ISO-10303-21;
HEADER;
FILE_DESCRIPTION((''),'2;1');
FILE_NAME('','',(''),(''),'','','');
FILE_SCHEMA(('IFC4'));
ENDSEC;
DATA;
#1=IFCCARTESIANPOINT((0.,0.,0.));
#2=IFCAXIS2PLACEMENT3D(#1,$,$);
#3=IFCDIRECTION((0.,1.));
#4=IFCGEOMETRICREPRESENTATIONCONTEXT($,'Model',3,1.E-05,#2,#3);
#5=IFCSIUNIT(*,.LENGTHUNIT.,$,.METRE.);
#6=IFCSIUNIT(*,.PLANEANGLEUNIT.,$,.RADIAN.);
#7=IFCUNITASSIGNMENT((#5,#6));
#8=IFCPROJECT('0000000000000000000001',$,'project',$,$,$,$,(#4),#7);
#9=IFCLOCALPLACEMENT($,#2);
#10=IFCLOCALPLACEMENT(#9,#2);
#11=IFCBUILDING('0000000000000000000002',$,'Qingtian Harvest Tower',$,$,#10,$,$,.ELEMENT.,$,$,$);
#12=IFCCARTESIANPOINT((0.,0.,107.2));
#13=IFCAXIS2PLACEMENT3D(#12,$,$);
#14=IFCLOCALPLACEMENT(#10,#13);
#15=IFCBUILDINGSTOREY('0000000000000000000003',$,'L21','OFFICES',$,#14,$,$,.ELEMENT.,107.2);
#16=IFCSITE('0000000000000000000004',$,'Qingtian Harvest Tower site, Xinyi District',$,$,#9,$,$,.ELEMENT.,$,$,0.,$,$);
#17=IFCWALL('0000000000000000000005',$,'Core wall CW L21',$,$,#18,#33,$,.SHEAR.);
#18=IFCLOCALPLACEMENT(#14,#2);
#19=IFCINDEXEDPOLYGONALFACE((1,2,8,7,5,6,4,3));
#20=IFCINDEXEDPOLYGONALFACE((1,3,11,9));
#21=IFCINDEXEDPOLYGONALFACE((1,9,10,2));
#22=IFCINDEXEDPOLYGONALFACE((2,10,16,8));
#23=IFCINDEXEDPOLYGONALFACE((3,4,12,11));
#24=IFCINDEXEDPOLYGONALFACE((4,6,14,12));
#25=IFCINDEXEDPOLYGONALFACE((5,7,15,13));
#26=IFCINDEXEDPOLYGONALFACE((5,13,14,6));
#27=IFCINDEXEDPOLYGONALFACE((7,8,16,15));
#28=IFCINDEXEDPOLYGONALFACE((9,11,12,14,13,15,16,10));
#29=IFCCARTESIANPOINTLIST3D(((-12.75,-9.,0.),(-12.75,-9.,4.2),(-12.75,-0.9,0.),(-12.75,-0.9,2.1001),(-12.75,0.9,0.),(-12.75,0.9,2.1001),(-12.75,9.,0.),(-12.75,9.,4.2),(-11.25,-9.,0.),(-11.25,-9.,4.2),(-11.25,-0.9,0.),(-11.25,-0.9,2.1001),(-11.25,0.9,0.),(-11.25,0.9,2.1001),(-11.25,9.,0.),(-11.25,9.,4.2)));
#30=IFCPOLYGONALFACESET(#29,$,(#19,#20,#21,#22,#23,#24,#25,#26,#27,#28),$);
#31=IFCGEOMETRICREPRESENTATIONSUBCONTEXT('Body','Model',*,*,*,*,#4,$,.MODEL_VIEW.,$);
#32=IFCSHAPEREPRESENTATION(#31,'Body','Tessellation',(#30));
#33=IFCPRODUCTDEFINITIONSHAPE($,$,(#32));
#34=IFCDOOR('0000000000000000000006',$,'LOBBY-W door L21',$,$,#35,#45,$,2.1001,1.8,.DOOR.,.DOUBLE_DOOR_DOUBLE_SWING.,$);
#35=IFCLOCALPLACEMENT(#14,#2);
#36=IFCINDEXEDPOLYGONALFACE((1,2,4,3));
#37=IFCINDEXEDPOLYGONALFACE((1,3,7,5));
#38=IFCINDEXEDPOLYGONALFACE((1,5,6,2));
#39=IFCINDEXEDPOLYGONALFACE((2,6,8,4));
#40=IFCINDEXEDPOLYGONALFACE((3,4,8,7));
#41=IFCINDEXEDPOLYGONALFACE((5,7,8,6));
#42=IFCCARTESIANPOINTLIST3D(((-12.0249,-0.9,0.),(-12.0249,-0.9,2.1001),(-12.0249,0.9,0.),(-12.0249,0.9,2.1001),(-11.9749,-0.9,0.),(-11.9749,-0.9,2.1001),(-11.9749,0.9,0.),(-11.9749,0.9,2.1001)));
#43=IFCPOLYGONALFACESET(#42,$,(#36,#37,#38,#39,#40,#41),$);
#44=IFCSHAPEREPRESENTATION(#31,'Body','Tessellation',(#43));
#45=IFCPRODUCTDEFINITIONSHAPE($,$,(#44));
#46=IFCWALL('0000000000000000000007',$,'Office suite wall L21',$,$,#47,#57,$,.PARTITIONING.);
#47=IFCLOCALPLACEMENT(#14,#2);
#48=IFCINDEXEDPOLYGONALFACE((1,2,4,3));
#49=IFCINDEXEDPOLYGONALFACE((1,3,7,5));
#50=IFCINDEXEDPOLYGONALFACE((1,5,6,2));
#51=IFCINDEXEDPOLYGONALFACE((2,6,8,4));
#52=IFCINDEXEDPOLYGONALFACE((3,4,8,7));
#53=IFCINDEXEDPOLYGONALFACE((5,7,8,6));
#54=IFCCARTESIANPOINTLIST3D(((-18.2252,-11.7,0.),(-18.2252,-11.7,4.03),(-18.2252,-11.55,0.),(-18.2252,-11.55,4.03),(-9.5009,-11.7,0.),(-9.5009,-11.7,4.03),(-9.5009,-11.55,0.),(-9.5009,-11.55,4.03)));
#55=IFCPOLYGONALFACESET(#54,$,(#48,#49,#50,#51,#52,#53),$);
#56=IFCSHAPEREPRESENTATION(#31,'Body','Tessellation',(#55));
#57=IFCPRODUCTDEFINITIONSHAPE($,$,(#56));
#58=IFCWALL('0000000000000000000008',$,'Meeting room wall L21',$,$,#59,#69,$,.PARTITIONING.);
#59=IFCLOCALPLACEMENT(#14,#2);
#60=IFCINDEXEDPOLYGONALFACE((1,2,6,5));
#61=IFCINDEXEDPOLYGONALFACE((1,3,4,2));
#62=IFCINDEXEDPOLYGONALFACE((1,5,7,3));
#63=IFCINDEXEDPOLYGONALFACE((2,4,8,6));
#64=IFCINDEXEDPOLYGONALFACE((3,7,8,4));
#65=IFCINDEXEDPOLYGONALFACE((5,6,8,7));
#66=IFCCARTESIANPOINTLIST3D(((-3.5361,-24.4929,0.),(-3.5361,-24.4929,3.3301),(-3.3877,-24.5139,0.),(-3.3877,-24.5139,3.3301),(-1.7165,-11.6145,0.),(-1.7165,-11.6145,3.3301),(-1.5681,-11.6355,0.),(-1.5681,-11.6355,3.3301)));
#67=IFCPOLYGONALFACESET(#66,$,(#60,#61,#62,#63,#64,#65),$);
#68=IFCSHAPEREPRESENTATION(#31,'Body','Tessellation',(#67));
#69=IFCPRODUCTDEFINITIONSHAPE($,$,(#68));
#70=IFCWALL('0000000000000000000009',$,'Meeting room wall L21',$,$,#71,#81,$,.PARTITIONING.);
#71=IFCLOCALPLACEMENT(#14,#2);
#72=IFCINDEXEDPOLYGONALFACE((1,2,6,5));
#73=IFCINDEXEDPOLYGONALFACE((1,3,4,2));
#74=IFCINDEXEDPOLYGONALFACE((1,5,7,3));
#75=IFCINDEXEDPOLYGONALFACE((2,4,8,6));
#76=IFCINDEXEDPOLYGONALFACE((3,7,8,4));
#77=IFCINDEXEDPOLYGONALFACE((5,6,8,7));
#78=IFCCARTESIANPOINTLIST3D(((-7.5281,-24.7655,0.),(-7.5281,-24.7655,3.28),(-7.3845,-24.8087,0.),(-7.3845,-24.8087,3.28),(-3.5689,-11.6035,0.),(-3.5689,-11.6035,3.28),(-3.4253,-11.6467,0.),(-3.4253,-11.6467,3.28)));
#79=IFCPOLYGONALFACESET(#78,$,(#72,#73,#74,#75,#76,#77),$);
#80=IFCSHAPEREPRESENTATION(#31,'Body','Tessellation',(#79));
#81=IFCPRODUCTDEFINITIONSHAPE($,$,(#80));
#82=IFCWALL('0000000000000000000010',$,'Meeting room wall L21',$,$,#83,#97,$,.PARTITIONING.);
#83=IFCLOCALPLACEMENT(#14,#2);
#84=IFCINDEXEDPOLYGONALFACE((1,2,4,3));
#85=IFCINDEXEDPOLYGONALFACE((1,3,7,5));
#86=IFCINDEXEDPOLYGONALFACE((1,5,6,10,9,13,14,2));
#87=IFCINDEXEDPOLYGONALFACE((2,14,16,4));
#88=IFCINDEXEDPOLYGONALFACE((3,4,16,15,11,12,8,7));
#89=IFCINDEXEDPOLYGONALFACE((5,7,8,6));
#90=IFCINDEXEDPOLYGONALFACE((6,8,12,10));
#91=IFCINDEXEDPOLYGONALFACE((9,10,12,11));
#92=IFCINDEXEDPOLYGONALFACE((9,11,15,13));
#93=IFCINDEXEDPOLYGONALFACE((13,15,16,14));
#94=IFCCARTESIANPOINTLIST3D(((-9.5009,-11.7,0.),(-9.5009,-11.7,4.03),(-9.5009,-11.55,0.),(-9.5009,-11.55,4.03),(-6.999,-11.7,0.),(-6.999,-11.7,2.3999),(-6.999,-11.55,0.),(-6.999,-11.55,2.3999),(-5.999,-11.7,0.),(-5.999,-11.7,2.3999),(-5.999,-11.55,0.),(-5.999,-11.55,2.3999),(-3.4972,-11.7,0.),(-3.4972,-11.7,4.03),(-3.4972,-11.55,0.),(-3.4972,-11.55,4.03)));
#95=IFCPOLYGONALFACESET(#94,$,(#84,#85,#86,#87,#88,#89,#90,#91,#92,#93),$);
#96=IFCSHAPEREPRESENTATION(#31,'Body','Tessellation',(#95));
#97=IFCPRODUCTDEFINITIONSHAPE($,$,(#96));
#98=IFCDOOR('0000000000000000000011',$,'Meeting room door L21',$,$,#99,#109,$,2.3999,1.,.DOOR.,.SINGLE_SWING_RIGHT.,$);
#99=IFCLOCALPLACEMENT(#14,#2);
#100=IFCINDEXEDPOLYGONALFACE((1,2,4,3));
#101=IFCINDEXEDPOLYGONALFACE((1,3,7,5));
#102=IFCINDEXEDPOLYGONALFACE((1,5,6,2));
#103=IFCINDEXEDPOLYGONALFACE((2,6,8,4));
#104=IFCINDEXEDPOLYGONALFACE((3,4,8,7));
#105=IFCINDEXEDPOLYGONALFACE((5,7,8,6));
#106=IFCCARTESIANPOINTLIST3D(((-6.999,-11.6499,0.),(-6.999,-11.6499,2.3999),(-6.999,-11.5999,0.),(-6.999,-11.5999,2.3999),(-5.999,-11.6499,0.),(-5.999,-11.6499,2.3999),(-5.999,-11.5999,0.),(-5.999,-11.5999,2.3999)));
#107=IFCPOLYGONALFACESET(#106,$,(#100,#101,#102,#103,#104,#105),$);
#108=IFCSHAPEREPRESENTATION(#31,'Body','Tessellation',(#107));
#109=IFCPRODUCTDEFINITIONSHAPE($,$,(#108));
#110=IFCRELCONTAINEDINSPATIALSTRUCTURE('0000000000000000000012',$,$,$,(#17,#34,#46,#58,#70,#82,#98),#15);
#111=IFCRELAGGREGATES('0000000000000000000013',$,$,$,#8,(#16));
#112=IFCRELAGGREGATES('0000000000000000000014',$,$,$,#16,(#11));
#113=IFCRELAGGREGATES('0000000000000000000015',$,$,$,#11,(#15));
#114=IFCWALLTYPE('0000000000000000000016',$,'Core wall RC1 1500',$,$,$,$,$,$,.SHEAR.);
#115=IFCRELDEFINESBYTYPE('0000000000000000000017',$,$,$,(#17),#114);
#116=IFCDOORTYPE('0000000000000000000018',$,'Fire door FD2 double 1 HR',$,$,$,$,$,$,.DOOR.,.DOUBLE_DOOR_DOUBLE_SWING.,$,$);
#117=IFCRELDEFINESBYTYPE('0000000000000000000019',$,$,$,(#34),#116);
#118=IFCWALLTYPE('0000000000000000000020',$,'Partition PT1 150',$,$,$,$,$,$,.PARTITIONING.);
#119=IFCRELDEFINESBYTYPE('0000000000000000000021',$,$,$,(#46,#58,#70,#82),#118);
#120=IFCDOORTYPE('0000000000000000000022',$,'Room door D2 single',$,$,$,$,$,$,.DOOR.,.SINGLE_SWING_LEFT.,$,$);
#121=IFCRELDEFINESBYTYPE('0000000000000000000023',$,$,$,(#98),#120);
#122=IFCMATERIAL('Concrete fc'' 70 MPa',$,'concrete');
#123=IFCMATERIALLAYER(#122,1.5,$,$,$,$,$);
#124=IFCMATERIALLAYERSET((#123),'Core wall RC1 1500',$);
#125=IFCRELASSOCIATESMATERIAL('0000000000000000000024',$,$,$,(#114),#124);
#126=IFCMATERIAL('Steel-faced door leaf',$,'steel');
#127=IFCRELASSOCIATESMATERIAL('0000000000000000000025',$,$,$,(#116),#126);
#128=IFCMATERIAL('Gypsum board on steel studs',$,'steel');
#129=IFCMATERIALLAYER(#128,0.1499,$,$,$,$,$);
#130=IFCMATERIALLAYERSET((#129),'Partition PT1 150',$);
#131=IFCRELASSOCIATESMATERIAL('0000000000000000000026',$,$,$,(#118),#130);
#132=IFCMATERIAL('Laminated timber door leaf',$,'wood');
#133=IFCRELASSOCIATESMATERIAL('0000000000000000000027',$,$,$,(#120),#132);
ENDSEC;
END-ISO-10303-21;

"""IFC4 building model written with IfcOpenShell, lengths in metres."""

from ifc_helpers import new_model, si_unit, direction, frame, frame_2d, origin, place, context, subcontext, project, spatial, rectangle, extrude, material, layer, layer_set, type_object, element, fill, save


model = new_model("IFC4")

# Units and contexts
model_context = context("Model", 3, precision=1e-05, world=origin(), true_north=direction((0.0, 1.0)))
body_context = subcontext(model_context, "Body", "Model", "MODEL_VIEW")
ifc_project = project(units=[si_unit("LENGTHUNIT", "METRE"), si_unit("PLANEANGLEUNIT", "RADIAN")], contexts=[model_context])

# Site, building, storey
site_placement = place(None, origin())
site = spatial("IfcSite", under=ifc_project, at=site_placement, Name="Qingtian Harvest Tower site, Xinyi District", CompositionType="ELEMENT", RefElevation=0.0)
building_placement = place(site_placement, origin())
building = spatial("IfcBuilding", under=site, at=building_placement, Name="Qingtian Harvest Tower", CompositionType="ELEMENT")
storey_placement = place(building_placement, frame((0.0, 0.0, 107.2)))
storey = spatial("IfcBuildingStorey", under=building, at=storey_placement, Name="L21", Description="OFFICES", CompositionType="ELEMENT", Elevation=107.2)

# Shared definitions
ifc_material_1 = material(Name="Concrete fc' 70 MPa", Category="concrete")
ifc_layer_1 = layer(ifc_material_1, 1.5)
ifc_layer_set_1 = layer_set([ifc_layer_1], Name="Core wall RC1 1500")
wall_type_1 = type_object("IfcWallType", Name="Core wall RC1 1500", PredefinedType="SHEAR", material=ifc_layer_set_1)

# Wall, opening, door
wall_1_placement = place(storey_placement, frame((-12.0, -9.0, 0.0), z_axis=(0.0, 0.0, 1.0), x_axis=(0.0, 1.0, 0.0)))
wall_1 = element("IfcWall", 1, at=wall_1_placement, inside=storey, type_object=wall_type_1, Name="Core wall CW L21", PredefinedType="SHEAR", context=body_context, shape_type="SweptSolid", body=[
    extrude(rectangle(XDim=18.0, YDim=1.5, at=frame_2d((9.0, 0.0))), origin(), (0.0, 0.0, 1.0), 4.2),
])
opening_1_placement = place(wall_1_placement, frame((8.1001, 0.0, 0.0)))
opening_1 = element("IfcOpeningElement", 2, at=opening_1_placement, cuts=wall_1, PredefinedType="OPENING", context=body_context, shape_type="SweptSolid", body=[
    extrude(rectangle(XDim=1.8, YDim=2.1001, at=frame_2d((0.8999, 1.05))), frame((0.0, 0.76, 0.0), z_axis=(0.0, -1.0, 0.0), x_axis=(1.0, 0.0, 0.0)), (0.0, 0.0, 1.0), 1.52),
])
ifc_material_2 = material(Name="Steel-faced door leaf", Category="steel")
door_type_1 = type_object("IfcDoorType", Name="Fire door FD2 double 1 HR", OperationType="DOUBLE_DOOR_DOUBLE_SWING", PredefinedType="DOOR", material=ifc_material_2)
door_1_placement = place(opening_1_placement, origin())
door_1 = element("IfcDoor", 3, at=door_1_placement, inside=storey, type_object=door_type_1, Name="LOBBY-W door L21", OperationType="DOUBLE_DOOR_DOUBLE_SWING", OverallHeight=2.1001, OverallWidth=1.8, PredefinedType="DOOR", context=body_context, shape_type="SweptSolid", body=[
    extrude(rectangle(XDim=1.8, YDim=2.1001, at=frame_2d((0.8999, 1.05))), frame((0.0, 0.0249, 0.0), z_axis=(0.0, -1.0, 0.0), x_axis=(1.0, 0.0, 0.0)), (0.0, 0.0, 1.0), 0.05),
])
fill(opening_1, door_1)

# Walls
ifc_material_3 = material(Name="Gypsum board on steel studs", Category="steel")
ifc_layer_2 = layer(ifc_material_3, 0.1499)
ifc_layer_set_2 = layer_set([ifc_layer_2], Name="Partition PT1 150")
wall_type_2 = type_object("IfcWallType", Name="Partition PT1 150", PredefinedType="PARTITIONING", material=ifc_layer_set_2)
wall_2_placement = place(storey_placement, frame((-9.5007, -11.625, 0.0), z_axis=(0.0, 0.0, 1.0), x_axis=(-1.0, 0.0, 0.0)))
element("IfcWall", 4, at=wall_2_placement, inside=storey, type_object=wall_type_2, Name="Office suite wall L21", PredefinedType="PARTITIONING", context=body_context, shape_type="SweptSolid", body=[
    extrude(rectangle(XDim=8.7244, YDim=0.1499, at=frame_2d((4.3623, 0.0))), origin(), (0.0, 0.0, 1.0), 4.03),
])
wall_3_placement = place(storey_placement, frame((-3.4619, -24.5034, 0.0), z_axis=(0.0, 0.0, 1.0), x_axis=(0.1399, 0.990166, 0.0)))
element("IfcWall", 5, at=wall_3_placement, inside=storey, type_object=wall_type_2, Name="Meeting room wall L21", PredefinedType="PARTITIONING", context=body_context, shape_type="SweptSolid", body=[
    extrude(rectangle(XDim=13.0063, YDim=0.1499, at=frame_2d((6.5032, 0.0))), origin(), (0.0, 0.0, 1.0), 3.3301),
])

# Shared definitions
ifc_material_4 = material(Name="Laminated timber door leaf", Category="wood")
door_type_2 = type_object("IfcDoorType", Name="Room door D2 single", OperationType="SINGLE_SWING_LEFT", PredefinedType="DOOR", material=ifc_material_4)

# Wall
wall_4_placement = place(storey_placement, frame((-7.4563, -24.7871, 0.0), z_axis=(0.0, 0.0, 1.0), x_axis=(0.288055, 0.957614, 0.0)))
element("IfcWall", 6, at=wall_4_placement, inside=storey, type_object=wall_type_2, Name="Meeting room wall L21", PredefinedType="PARTITIONING", context=body_context, shape_type="SweptSolid", body=[
    extrude(rectangle(XDim=13.7446, YDim=0.1499, at=frame_2d((6.8723, 0.0))), origin(), (0.0, 0.0, 1.0), 3.28),
])

# Wall, opening, door
wall_5_placement = place(storey_placement, frame((-3.4971, -11.625, 0.0), z_axis=(0.0, 0.0, 1.0), x_axis=(-1.0, 0.0, 0.0)))
wall_5 = element("IfcWall", 7, at=wall_5_placement, inside=storey, type_object=wall_type_2, Name="Meeting room wall L21", PredefinedType="PARTITIONING", context=body_context, shape_type="SweptSolid", body=[
    extrude(rectangle(XDim=6.0037, YDim=0.1499, at=frame_2d((3.002, 0.0))), origin(), (0.0, 0.0, 1.0), 4.03),
])
opening_2_placement = place(wall_5_placement, frame((2.502, 0.0, 0.0)))
opening_2 = element("IfcOpeningElement", 8, at=opening_2_placement, cuts=wall_5, PredefinedType="OPENING", context=body_context, shape_type="SweptSolid", body=[
    extrude(rectangle(XDim=1.0, YDim=2.3999, at=frame_2d((0.5, 1.2))), frame((0.0, 0.085, 0.0), z_axis=(0.0, -1.0, 0.0), x_axis=(1.0, 0.0, 0.0)), (0.0, 0.0, 1.0), 0.1699),
])
door_2_placement = place(opening_2_placement, origin())
door_2 = element("IfcDoor", 9, at=door_2_placement, inside=storey, type_object=door_type_2, Name="Meeting room door L21", OperationType="SINGLE_SWING_RIGHT", OverallHeight=2.3999, OverallWidth=1.0, PredefinedType="DOOR", context=body_context, shape_type="SweptSolid", body=[
    extrude(rectangle(XDim=1.0, YDim=2.3999, at=frame_2d((0.5, 1.2))), frame((0.0, 0.0249, 0.0), z_axis=(0.0, -1.0, 0.0), x_axis=(1.0, 0.0, 0.0)), (0.0, 0.0, 1.0), 0.05),
])
fill(opening_2, door_2)

save(model, "model.ifc")
